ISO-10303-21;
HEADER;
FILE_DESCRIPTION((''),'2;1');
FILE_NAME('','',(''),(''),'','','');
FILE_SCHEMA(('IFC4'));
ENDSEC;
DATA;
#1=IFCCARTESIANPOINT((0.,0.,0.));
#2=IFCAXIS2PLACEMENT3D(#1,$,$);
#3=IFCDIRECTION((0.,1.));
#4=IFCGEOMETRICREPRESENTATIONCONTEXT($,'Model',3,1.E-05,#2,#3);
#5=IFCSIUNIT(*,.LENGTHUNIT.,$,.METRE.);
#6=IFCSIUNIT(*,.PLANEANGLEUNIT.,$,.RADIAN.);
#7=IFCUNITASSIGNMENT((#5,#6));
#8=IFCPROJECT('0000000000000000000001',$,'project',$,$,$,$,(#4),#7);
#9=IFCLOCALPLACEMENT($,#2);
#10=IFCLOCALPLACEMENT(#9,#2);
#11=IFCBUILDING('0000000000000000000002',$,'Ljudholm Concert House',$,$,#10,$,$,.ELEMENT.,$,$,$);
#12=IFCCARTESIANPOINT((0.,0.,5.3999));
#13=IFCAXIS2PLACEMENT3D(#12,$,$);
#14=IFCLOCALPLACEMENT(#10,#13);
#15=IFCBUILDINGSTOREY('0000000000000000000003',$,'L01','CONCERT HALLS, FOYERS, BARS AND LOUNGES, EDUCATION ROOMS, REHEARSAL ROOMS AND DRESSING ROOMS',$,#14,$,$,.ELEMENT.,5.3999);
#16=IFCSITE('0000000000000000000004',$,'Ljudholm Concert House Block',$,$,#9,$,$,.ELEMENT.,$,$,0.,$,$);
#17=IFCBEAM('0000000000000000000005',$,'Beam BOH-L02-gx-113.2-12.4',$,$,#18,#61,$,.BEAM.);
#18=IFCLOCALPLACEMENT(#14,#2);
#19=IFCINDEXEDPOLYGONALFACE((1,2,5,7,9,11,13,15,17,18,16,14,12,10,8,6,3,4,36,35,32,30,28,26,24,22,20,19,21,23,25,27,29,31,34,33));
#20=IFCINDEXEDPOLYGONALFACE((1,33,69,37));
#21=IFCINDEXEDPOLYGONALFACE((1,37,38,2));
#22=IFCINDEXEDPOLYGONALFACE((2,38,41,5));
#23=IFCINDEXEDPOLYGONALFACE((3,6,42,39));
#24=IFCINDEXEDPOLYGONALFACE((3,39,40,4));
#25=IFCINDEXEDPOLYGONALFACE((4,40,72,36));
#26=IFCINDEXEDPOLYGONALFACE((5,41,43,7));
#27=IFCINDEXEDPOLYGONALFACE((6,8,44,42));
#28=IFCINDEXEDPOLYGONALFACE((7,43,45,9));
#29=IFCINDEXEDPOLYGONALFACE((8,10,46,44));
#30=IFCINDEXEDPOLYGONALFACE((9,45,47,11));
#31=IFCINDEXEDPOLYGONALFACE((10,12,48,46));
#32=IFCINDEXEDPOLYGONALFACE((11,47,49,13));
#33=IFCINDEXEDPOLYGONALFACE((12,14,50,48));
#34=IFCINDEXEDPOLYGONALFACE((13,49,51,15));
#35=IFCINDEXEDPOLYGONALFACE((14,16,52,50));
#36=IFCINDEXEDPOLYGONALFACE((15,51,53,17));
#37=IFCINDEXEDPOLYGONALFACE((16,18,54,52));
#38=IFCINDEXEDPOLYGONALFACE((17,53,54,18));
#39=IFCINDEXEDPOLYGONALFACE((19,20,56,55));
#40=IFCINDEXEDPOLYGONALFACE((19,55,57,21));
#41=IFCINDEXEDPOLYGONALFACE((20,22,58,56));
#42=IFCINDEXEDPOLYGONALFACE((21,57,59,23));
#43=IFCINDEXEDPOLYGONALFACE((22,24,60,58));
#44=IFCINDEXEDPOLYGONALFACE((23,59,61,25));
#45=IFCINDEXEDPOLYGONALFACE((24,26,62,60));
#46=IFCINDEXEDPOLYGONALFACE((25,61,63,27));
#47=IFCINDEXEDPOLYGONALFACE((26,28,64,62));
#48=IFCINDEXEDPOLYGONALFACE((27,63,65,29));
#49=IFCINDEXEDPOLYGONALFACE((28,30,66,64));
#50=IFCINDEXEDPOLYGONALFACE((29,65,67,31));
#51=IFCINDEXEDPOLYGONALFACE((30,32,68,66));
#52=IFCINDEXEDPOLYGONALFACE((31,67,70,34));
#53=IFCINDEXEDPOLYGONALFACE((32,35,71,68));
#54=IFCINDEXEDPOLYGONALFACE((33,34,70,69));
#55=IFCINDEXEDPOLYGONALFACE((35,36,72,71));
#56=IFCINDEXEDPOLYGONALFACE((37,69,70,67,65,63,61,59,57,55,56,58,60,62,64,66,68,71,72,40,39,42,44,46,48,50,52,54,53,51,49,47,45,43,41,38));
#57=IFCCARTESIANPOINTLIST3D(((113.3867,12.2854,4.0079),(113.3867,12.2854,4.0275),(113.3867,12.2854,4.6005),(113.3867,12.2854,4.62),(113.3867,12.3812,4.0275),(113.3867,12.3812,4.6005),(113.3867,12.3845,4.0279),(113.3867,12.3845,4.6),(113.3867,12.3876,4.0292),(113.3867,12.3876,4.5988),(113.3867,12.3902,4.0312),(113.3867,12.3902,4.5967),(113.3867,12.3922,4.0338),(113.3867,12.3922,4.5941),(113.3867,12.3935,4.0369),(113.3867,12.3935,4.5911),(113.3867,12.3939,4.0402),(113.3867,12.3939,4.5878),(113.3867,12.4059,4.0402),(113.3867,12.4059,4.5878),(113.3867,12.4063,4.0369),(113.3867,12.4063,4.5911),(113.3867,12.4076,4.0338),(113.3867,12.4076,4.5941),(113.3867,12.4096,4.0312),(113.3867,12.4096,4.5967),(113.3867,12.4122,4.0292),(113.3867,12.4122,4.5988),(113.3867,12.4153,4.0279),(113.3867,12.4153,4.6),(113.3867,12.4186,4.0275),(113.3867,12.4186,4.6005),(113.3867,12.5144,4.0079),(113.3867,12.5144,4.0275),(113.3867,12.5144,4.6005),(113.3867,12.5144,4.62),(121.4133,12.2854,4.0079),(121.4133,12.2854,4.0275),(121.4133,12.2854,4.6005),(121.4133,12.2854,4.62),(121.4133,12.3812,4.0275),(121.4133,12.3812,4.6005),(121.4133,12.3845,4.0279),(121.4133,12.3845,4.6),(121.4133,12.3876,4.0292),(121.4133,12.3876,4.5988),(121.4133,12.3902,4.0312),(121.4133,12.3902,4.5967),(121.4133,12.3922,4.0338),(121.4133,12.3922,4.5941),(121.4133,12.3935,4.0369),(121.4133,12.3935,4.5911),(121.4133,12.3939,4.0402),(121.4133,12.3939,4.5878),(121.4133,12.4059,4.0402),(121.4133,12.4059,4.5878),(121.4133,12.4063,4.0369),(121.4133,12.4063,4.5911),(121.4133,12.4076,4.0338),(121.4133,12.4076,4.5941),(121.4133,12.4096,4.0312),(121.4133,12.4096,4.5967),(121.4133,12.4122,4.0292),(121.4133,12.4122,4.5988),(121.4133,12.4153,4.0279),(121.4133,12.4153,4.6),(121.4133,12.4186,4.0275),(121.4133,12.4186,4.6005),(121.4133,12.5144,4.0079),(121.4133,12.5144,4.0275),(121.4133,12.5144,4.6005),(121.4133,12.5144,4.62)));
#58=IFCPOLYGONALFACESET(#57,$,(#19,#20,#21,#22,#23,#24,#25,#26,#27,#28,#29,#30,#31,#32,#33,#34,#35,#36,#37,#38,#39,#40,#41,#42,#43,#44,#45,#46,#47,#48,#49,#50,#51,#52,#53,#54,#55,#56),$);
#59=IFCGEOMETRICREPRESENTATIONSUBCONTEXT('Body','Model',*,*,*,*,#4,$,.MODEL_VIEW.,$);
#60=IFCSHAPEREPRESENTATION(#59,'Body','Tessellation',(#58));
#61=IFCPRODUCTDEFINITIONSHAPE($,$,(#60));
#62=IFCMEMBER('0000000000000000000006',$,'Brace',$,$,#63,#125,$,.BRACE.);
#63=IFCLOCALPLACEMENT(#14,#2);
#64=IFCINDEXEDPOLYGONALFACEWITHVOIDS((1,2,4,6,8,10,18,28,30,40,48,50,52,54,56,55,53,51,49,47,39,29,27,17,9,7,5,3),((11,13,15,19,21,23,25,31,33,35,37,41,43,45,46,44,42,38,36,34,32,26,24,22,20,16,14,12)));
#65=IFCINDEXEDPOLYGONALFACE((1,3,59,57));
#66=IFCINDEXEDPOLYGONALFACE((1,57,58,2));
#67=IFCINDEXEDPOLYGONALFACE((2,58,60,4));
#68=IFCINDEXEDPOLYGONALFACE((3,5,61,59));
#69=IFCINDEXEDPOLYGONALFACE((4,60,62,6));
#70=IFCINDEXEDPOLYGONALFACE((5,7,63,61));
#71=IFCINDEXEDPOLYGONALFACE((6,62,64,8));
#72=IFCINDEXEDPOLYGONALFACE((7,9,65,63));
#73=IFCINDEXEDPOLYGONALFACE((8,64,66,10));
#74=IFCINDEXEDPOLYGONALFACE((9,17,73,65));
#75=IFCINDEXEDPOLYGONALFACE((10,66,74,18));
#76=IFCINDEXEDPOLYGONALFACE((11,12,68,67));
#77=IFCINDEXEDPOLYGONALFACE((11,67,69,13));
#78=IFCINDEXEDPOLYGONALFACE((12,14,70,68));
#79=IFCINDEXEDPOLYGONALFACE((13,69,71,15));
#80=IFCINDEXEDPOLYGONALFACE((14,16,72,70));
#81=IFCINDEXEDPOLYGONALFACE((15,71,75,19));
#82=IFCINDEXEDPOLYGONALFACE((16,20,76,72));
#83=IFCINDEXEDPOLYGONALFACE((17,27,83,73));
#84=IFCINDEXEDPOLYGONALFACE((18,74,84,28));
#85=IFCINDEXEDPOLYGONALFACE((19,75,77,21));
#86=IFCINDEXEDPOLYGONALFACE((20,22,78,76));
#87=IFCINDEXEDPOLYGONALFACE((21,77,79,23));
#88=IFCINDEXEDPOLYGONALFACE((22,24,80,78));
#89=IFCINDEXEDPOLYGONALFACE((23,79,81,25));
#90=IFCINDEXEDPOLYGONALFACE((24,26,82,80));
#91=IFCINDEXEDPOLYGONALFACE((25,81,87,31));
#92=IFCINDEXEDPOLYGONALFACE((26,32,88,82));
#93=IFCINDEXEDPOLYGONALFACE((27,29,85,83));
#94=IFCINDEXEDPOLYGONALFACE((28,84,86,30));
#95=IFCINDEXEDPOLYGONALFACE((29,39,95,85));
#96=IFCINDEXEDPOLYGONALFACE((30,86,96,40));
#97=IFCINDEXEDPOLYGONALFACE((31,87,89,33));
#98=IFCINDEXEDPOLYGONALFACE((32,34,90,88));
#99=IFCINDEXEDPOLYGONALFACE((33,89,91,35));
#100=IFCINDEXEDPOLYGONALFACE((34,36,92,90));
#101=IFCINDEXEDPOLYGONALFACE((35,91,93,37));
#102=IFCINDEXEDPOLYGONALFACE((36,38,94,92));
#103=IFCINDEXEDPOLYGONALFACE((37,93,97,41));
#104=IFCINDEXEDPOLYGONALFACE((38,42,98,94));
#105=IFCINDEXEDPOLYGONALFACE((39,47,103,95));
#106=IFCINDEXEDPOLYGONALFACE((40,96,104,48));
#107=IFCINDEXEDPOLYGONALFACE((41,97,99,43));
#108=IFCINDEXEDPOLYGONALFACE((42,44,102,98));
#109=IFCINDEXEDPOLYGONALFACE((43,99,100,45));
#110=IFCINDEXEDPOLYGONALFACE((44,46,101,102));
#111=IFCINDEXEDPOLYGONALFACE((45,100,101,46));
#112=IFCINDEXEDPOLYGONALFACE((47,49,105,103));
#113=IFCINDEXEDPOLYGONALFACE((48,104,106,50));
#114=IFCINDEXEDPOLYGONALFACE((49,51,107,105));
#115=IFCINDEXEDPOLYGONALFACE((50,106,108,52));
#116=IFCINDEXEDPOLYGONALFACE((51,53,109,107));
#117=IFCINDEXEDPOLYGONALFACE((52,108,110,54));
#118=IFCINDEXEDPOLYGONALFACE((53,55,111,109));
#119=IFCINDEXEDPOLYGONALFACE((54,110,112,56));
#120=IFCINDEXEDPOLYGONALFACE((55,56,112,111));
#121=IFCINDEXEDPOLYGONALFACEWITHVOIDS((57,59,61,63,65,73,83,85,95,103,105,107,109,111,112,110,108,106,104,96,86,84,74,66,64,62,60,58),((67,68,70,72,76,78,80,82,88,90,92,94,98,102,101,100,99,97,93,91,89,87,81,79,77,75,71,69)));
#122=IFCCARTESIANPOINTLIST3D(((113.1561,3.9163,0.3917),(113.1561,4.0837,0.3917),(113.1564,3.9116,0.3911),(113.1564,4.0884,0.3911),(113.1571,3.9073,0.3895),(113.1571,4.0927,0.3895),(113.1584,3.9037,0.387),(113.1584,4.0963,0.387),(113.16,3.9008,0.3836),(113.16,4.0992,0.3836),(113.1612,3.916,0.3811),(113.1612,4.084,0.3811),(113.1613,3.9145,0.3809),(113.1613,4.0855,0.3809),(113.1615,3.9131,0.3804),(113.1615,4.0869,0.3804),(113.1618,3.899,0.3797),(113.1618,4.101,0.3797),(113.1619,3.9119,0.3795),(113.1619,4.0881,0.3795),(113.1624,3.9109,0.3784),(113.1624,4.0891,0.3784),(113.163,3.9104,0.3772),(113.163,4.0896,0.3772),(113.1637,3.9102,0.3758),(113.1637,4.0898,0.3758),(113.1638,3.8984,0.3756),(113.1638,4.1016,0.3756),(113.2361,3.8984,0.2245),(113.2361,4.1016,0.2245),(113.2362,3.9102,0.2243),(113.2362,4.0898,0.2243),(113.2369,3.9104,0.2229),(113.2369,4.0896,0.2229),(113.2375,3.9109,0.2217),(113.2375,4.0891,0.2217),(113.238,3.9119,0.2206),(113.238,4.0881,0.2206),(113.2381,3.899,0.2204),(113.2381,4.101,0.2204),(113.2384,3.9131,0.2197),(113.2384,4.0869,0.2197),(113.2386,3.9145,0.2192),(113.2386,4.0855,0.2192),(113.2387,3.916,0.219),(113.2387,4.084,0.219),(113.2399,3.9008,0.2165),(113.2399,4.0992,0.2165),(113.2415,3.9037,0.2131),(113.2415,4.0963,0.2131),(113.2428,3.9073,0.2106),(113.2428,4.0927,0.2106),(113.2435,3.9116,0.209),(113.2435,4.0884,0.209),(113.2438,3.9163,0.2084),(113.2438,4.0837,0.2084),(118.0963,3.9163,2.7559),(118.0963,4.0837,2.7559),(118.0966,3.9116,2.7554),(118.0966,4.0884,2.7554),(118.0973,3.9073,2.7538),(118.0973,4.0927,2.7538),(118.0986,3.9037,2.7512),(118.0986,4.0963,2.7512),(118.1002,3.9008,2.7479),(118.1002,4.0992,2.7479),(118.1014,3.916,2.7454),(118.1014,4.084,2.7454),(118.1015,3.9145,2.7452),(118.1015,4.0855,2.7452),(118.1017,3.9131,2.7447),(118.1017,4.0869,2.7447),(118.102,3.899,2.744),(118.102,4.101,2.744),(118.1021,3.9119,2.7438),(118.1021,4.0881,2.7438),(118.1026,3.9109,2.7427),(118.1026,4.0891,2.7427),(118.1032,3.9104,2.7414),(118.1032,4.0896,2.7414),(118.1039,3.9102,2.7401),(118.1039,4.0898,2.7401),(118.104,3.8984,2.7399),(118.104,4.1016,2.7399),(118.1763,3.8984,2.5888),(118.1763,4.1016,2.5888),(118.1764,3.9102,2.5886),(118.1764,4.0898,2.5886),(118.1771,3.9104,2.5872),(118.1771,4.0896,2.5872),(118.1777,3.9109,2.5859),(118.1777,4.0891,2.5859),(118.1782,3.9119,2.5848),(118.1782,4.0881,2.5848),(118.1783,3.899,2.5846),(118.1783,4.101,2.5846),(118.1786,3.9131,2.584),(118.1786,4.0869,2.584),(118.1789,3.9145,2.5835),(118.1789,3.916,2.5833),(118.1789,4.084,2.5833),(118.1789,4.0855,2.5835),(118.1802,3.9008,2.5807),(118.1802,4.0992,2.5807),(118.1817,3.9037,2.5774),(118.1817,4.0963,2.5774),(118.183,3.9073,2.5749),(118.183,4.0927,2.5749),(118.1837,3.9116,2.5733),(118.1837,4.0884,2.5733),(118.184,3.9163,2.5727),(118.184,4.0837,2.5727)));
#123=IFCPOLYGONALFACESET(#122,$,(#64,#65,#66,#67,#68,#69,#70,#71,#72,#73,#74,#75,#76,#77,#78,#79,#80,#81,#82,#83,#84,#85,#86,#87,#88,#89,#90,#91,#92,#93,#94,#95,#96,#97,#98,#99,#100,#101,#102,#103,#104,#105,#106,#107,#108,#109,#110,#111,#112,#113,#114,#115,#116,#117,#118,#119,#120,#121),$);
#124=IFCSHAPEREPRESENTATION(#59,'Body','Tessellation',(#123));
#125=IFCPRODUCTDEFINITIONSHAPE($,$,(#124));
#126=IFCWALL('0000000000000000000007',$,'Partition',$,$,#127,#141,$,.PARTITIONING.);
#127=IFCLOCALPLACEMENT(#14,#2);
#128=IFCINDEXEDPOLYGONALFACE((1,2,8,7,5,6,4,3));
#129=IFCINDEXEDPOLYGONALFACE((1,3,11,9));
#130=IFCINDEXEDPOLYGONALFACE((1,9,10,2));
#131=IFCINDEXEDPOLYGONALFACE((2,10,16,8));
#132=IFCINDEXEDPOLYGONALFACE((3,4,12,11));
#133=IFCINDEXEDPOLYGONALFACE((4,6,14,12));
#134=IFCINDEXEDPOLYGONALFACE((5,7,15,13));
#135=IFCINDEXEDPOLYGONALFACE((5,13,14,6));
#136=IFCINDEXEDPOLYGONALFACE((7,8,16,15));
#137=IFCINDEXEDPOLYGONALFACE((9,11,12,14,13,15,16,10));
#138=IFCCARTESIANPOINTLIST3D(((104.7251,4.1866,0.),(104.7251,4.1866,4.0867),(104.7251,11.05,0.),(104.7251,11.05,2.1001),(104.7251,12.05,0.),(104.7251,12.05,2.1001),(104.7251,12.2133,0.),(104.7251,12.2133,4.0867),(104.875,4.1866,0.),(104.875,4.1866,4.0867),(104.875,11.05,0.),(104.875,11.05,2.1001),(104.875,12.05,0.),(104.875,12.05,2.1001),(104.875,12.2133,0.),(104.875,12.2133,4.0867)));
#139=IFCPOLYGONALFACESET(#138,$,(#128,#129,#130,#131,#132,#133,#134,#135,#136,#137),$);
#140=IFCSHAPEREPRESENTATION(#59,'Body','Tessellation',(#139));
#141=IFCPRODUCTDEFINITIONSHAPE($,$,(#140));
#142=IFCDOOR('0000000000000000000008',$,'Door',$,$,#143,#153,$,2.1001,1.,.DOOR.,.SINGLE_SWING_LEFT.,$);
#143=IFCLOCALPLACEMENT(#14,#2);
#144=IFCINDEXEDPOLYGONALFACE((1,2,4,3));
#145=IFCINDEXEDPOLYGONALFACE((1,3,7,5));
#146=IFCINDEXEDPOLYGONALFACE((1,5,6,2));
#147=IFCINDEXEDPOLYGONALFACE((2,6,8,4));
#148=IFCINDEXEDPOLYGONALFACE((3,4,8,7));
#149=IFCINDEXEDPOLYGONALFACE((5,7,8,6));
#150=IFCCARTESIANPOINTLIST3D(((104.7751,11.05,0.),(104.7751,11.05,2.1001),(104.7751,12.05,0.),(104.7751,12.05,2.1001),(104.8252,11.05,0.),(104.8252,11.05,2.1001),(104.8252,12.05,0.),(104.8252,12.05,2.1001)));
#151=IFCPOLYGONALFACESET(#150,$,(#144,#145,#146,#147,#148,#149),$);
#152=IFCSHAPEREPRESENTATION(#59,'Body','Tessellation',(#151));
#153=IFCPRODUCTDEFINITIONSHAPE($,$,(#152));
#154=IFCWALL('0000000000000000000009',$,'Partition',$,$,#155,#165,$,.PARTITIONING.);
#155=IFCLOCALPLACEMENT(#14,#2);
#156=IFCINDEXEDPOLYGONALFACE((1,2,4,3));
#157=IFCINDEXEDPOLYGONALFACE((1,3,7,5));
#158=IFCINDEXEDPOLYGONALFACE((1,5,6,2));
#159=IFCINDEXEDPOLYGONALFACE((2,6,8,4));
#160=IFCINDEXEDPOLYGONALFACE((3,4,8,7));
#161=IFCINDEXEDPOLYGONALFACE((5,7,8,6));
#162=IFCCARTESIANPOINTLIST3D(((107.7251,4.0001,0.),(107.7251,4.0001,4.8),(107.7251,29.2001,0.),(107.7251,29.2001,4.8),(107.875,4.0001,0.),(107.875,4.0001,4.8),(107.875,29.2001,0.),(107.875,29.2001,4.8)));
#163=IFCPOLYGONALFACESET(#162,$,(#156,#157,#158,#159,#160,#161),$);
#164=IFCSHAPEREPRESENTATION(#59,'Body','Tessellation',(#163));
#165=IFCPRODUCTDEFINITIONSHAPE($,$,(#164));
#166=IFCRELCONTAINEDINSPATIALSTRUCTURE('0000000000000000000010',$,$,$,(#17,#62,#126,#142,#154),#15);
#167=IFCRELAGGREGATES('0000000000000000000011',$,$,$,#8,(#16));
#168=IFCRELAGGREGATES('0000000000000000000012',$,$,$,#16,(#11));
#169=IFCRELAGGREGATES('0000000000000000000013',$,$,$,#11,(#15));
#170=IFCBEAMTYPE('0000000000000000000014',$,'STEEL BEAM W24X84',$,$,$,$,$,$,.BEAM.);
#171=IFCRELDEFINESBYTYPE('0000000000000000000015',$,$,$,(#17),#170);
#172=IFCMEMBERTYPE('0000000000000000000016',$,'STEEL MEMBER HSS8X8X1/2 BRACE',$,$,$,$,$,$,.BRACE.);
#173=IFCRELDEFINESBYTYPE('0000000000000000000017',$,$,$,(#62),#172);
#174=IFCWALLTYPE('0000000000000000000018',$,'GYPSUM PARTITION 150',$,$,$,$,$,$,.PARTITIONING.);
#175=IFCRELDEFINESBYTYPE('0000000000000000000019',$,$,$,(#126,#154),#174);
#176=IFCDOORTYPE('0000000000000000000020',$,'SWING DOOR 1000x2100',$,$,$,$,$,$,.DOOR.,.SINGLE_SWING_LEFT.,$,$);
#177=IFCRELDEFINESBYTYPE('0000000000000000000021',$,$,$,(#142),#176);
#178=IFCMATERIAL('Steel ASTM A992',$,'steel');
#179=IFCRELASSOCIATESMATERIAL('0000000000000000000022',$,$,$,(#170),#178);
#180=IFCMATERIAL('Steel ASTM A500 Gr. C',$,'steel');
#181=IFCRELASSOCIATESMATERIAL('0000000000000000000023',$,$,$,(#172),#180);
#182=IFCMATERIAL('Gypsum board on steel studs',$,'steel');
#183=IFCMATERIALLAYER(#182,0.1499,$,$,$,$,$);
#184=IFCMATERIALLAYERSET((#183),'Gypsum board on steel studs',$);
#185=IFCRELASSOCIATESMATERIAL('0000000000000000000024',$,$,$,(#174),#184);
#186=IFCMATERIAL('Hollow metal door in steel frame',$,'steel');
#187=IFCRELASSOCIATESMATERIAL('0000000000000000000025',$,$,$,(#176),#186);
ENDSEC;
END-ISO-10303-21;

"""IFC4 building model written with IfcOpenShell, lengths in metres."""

from ifc_helpers import new_model, si_unit, direction, frame, frame_2d, origin, origin_2d, place, context, subcontext, project, spatial, rectangle, hollow_rectangle, i_section, extrude, material, layer, layer_set, material_profile, profile_set, type_object, element, fill, save


model = new_model("IFC4")

# Units and contexts
model_context = context("Model", 3, precision=1e-05, world=origin(), true_north=direction((0.0, 1.0)))
body_context = subcontext(model_context, "Body", "Model", "MODEL_VIEW")
ifc_project = project(units=[si_unit("LENGTHUNIT", "METRE"), si_unit("PLANEANGLEUNIT", "RADIAN")], contexts=[model_context])

# Site, building, storey
site_placement = place(None, origin())
site = spatial("IfcSite", under=ifc_project, at=site_placement, Name="Ljudholm Concert House Block", CompositionType="ELEMENT", RefElevation=0.0)
building_placement = place(site_placement, origin())
building = spatial("IfcBuilding", under=site, at=building_placement, Name="Ljudholm Concert House", CompositionType="ELEMENT")
storey_placement = place(building_placement, frame((0.0, 0.0, 5.3999)))
storey = spatial("IfcBuildingStorey", under=building, at=storey_placement, Name="L01", Description="CONCERT HALLS, FOYERS, BARS AND LOUNGES, EDUCATION ROOMS, REHEARSAL ROOMS AND DRESSING ROOMS", CompositionType="ELEMENT", Elevation=5.3999)

# Beam
ifc_material_1 = material(Name="Steel ASTM A992", Category="steel")
ifc_material_profile_1 = material_profile(ifc_material_1, i_section(OverallWidth=0.229, OverallDepth=0.6121, WebThickness=0.012, FlangeThickness=0.0195, FilletRadius=0.0127, at=origin_2d()), Name="W24X84")
ifc_profile_set_1 = profile_set([ifc_material_profile_1], Name="Steel ASTM A992")
beam_type_1 = type_object("IfcBeamType", Name="STEEL BEAM W24X84", PredefinedType="BEAM", material=ifc_profile_set_1)
beam_1_placement = place(storey_placement, frame((113.3867, 12.3999, 4.314), z_axis=(1.0, 0.0, 0.0), x_axis=(0.0, 1.0, 0.0)))
element("IfcBeam", 1, at=beam_1_placement, inside=storey, type_object=beam_type_1, Name="Beam BOH-L02-gx-113.2-12.4", PredefinedType="BEAM", context=body_context, shape_type="SweptSolid", body=[
    extrude(i_section(OverallWidth=0.229, OverallDepth=0.6121, WebThickness=0.012, FlangeThickness=0.0195, FilletRadius=0.0127, at=origin_2d()), origin(), (0.0, 0.0, 1.0), 8.0266),
])

# Member
ifc_material_2 = material(Name="Steel ASTM A500 Gr. C", Category="steel")
ifc_material_profile_2 = material_profile(ifc_material_2, hollow_rectangle(XDim=0.2031, YDim=0.2031, WallThickness=0.0117, InnerFilletRadius=0.0059, OuterFilletRadius=0.0178, at=origin_2d()), Name="HSS8X8X1/2")
ifc_profile_set_2 = profile_set([ifc_material_profile_2], Name="Steel ASTM A500 Gr. C")
member_type = type_object("IfcMemberType", Name="STEEL MEMBER HSS8X8X1/2 BRACE", PredefinedType="BRACE", material=ifc_profile_set_2)
member_placement = place(storey_placement, frame((113.2, 4.0, 0.3), z_axis=(0.902023, 0.0, 0.431687), x_axis=(0.0, 1.0, 0.0)))
element("IfcMember", 2, at=member_placement, inside=storey, type_object=member_type, Name="Brace", PredefinedType="BRACE", context=body_context, shape_type="SweptSolid", body=[
    extrude(hollow_rectangle(XDim=0.2031, YDim=0.2031, WallThickness=0.0117, InnerFilletRadius=0.0059, OuterFilletRadius=0.0178, at=origin_2d()), origin(), (0.0, 0.0, 1.0), 5.4768),
])

# Wall, opening, door
ifc_material_3 = material(Name="Gypsum board on steel studs", Category="steel")
ifc_layer_1 = layer(ifc_material_3, 0.1499)
ifc_layer_set_1 = layer_set([ifc_layer_1], Name="Gypsum board on steel studs")
wall_type_1 = type_object("IfcWallType", Name="GYPSUM PARTITION 150", PredefinedType="PARTITIONING", material=ifc_layer_set_1)
wall_1_placement = place(storey_placement, frame((104.8, 4.1868, 0.0), z_axis=(0.0, 0.0, 1.0), x_axis=(0.0, 1.0, 0.0)))
wall_1 = element("IfcWall", 3, at=wall_1_placement, inside=storey, type_object=wall_type_1, Name="Partition", PredefinedType="PARTITIONING", context=body_context, shape_type="SweptSolid", body=[
    extrude(rectangle(XDim=8.0266, YDim=0.1499, at=frame_2d((4.0132, 0.0))), origin(), (0.0, 0.0, 1.0), 4.0867),
])
opening_1_placement = place(wall_1_placement, frame((6.8633, 0.0, 0.0)))
opening_1 = element("IfcOpeningElement", 4, at=opening_1_placement, cuts=wall_1, PredefinedType="OPENING", context=body_context, shape_type="SweptSolid", body=[
    extrude(rectangle(XDim=1.0, YDim=2.1001, at=frame_2d((0.5, 1.05))), frame((0.0, 0.085, 0.0), z_axis=(0.0, -1.0, 0.0), x_axis=(1.0, 0.0, 0.0)), (0.0, 0.0, 1.0), 0.1699),
])
ifc_material_4 = material(Name="Hollow metal door in steel frame", Category="steel")
door_type = type_object("IfcDoorType", Name="SWING DOOR 1000x2100", OperationType="SINGLE_SWING_LEFT", PredefinedType="DOOR", material=ifc_material_4)
door_1_placement = place(opening_1_placement, origin())
door_1 = element("IfcDoor", 5, at=door_1_placement, inside=storey, type_object=door_type, Name="Door", OperationType="SINGLE_SWING_LEFT", OverallHeight=2.1001, OverallWidth=1.0, PredefinedType="DOOR", context=body_context, shape_type="SweptSolid", body=[
    extrude(rectangle(XDim=1.0, YDim=2.1001, at=frame_2d((0.5, 1.05))), frame((0.0, 0.0249, 0.0), z_axis=(0.0, -1.0, 0.0), x_axis=(1.0, 0.0, 0.0)), (0.0, 0.0, 1.0), 0.05),
])
fill(opening_1, door_1)

# Wall
wall_2_placement = place(storey_placement, frame((107.8, 4.0, 0.0), z_axis=(0.0, 0.0, 1.0), x_axis=(0.0, 1.0, 0.0)))
element("IfcWall", 6, at=wall_2_placement, inside=storey, type_object=wall_type_1, Name="Partition", PredefinedType="PARTITIONING", context=body_context, shape_type="SweptSolid", body=[
    extrude(rectangle(XDim=25.2, YDim=0.1499, at=frame_2d((12.6001, 0.0))), origin(), (0.0, 0.0, 1.0), 4.8),
])

save(model, "model.ifc")
